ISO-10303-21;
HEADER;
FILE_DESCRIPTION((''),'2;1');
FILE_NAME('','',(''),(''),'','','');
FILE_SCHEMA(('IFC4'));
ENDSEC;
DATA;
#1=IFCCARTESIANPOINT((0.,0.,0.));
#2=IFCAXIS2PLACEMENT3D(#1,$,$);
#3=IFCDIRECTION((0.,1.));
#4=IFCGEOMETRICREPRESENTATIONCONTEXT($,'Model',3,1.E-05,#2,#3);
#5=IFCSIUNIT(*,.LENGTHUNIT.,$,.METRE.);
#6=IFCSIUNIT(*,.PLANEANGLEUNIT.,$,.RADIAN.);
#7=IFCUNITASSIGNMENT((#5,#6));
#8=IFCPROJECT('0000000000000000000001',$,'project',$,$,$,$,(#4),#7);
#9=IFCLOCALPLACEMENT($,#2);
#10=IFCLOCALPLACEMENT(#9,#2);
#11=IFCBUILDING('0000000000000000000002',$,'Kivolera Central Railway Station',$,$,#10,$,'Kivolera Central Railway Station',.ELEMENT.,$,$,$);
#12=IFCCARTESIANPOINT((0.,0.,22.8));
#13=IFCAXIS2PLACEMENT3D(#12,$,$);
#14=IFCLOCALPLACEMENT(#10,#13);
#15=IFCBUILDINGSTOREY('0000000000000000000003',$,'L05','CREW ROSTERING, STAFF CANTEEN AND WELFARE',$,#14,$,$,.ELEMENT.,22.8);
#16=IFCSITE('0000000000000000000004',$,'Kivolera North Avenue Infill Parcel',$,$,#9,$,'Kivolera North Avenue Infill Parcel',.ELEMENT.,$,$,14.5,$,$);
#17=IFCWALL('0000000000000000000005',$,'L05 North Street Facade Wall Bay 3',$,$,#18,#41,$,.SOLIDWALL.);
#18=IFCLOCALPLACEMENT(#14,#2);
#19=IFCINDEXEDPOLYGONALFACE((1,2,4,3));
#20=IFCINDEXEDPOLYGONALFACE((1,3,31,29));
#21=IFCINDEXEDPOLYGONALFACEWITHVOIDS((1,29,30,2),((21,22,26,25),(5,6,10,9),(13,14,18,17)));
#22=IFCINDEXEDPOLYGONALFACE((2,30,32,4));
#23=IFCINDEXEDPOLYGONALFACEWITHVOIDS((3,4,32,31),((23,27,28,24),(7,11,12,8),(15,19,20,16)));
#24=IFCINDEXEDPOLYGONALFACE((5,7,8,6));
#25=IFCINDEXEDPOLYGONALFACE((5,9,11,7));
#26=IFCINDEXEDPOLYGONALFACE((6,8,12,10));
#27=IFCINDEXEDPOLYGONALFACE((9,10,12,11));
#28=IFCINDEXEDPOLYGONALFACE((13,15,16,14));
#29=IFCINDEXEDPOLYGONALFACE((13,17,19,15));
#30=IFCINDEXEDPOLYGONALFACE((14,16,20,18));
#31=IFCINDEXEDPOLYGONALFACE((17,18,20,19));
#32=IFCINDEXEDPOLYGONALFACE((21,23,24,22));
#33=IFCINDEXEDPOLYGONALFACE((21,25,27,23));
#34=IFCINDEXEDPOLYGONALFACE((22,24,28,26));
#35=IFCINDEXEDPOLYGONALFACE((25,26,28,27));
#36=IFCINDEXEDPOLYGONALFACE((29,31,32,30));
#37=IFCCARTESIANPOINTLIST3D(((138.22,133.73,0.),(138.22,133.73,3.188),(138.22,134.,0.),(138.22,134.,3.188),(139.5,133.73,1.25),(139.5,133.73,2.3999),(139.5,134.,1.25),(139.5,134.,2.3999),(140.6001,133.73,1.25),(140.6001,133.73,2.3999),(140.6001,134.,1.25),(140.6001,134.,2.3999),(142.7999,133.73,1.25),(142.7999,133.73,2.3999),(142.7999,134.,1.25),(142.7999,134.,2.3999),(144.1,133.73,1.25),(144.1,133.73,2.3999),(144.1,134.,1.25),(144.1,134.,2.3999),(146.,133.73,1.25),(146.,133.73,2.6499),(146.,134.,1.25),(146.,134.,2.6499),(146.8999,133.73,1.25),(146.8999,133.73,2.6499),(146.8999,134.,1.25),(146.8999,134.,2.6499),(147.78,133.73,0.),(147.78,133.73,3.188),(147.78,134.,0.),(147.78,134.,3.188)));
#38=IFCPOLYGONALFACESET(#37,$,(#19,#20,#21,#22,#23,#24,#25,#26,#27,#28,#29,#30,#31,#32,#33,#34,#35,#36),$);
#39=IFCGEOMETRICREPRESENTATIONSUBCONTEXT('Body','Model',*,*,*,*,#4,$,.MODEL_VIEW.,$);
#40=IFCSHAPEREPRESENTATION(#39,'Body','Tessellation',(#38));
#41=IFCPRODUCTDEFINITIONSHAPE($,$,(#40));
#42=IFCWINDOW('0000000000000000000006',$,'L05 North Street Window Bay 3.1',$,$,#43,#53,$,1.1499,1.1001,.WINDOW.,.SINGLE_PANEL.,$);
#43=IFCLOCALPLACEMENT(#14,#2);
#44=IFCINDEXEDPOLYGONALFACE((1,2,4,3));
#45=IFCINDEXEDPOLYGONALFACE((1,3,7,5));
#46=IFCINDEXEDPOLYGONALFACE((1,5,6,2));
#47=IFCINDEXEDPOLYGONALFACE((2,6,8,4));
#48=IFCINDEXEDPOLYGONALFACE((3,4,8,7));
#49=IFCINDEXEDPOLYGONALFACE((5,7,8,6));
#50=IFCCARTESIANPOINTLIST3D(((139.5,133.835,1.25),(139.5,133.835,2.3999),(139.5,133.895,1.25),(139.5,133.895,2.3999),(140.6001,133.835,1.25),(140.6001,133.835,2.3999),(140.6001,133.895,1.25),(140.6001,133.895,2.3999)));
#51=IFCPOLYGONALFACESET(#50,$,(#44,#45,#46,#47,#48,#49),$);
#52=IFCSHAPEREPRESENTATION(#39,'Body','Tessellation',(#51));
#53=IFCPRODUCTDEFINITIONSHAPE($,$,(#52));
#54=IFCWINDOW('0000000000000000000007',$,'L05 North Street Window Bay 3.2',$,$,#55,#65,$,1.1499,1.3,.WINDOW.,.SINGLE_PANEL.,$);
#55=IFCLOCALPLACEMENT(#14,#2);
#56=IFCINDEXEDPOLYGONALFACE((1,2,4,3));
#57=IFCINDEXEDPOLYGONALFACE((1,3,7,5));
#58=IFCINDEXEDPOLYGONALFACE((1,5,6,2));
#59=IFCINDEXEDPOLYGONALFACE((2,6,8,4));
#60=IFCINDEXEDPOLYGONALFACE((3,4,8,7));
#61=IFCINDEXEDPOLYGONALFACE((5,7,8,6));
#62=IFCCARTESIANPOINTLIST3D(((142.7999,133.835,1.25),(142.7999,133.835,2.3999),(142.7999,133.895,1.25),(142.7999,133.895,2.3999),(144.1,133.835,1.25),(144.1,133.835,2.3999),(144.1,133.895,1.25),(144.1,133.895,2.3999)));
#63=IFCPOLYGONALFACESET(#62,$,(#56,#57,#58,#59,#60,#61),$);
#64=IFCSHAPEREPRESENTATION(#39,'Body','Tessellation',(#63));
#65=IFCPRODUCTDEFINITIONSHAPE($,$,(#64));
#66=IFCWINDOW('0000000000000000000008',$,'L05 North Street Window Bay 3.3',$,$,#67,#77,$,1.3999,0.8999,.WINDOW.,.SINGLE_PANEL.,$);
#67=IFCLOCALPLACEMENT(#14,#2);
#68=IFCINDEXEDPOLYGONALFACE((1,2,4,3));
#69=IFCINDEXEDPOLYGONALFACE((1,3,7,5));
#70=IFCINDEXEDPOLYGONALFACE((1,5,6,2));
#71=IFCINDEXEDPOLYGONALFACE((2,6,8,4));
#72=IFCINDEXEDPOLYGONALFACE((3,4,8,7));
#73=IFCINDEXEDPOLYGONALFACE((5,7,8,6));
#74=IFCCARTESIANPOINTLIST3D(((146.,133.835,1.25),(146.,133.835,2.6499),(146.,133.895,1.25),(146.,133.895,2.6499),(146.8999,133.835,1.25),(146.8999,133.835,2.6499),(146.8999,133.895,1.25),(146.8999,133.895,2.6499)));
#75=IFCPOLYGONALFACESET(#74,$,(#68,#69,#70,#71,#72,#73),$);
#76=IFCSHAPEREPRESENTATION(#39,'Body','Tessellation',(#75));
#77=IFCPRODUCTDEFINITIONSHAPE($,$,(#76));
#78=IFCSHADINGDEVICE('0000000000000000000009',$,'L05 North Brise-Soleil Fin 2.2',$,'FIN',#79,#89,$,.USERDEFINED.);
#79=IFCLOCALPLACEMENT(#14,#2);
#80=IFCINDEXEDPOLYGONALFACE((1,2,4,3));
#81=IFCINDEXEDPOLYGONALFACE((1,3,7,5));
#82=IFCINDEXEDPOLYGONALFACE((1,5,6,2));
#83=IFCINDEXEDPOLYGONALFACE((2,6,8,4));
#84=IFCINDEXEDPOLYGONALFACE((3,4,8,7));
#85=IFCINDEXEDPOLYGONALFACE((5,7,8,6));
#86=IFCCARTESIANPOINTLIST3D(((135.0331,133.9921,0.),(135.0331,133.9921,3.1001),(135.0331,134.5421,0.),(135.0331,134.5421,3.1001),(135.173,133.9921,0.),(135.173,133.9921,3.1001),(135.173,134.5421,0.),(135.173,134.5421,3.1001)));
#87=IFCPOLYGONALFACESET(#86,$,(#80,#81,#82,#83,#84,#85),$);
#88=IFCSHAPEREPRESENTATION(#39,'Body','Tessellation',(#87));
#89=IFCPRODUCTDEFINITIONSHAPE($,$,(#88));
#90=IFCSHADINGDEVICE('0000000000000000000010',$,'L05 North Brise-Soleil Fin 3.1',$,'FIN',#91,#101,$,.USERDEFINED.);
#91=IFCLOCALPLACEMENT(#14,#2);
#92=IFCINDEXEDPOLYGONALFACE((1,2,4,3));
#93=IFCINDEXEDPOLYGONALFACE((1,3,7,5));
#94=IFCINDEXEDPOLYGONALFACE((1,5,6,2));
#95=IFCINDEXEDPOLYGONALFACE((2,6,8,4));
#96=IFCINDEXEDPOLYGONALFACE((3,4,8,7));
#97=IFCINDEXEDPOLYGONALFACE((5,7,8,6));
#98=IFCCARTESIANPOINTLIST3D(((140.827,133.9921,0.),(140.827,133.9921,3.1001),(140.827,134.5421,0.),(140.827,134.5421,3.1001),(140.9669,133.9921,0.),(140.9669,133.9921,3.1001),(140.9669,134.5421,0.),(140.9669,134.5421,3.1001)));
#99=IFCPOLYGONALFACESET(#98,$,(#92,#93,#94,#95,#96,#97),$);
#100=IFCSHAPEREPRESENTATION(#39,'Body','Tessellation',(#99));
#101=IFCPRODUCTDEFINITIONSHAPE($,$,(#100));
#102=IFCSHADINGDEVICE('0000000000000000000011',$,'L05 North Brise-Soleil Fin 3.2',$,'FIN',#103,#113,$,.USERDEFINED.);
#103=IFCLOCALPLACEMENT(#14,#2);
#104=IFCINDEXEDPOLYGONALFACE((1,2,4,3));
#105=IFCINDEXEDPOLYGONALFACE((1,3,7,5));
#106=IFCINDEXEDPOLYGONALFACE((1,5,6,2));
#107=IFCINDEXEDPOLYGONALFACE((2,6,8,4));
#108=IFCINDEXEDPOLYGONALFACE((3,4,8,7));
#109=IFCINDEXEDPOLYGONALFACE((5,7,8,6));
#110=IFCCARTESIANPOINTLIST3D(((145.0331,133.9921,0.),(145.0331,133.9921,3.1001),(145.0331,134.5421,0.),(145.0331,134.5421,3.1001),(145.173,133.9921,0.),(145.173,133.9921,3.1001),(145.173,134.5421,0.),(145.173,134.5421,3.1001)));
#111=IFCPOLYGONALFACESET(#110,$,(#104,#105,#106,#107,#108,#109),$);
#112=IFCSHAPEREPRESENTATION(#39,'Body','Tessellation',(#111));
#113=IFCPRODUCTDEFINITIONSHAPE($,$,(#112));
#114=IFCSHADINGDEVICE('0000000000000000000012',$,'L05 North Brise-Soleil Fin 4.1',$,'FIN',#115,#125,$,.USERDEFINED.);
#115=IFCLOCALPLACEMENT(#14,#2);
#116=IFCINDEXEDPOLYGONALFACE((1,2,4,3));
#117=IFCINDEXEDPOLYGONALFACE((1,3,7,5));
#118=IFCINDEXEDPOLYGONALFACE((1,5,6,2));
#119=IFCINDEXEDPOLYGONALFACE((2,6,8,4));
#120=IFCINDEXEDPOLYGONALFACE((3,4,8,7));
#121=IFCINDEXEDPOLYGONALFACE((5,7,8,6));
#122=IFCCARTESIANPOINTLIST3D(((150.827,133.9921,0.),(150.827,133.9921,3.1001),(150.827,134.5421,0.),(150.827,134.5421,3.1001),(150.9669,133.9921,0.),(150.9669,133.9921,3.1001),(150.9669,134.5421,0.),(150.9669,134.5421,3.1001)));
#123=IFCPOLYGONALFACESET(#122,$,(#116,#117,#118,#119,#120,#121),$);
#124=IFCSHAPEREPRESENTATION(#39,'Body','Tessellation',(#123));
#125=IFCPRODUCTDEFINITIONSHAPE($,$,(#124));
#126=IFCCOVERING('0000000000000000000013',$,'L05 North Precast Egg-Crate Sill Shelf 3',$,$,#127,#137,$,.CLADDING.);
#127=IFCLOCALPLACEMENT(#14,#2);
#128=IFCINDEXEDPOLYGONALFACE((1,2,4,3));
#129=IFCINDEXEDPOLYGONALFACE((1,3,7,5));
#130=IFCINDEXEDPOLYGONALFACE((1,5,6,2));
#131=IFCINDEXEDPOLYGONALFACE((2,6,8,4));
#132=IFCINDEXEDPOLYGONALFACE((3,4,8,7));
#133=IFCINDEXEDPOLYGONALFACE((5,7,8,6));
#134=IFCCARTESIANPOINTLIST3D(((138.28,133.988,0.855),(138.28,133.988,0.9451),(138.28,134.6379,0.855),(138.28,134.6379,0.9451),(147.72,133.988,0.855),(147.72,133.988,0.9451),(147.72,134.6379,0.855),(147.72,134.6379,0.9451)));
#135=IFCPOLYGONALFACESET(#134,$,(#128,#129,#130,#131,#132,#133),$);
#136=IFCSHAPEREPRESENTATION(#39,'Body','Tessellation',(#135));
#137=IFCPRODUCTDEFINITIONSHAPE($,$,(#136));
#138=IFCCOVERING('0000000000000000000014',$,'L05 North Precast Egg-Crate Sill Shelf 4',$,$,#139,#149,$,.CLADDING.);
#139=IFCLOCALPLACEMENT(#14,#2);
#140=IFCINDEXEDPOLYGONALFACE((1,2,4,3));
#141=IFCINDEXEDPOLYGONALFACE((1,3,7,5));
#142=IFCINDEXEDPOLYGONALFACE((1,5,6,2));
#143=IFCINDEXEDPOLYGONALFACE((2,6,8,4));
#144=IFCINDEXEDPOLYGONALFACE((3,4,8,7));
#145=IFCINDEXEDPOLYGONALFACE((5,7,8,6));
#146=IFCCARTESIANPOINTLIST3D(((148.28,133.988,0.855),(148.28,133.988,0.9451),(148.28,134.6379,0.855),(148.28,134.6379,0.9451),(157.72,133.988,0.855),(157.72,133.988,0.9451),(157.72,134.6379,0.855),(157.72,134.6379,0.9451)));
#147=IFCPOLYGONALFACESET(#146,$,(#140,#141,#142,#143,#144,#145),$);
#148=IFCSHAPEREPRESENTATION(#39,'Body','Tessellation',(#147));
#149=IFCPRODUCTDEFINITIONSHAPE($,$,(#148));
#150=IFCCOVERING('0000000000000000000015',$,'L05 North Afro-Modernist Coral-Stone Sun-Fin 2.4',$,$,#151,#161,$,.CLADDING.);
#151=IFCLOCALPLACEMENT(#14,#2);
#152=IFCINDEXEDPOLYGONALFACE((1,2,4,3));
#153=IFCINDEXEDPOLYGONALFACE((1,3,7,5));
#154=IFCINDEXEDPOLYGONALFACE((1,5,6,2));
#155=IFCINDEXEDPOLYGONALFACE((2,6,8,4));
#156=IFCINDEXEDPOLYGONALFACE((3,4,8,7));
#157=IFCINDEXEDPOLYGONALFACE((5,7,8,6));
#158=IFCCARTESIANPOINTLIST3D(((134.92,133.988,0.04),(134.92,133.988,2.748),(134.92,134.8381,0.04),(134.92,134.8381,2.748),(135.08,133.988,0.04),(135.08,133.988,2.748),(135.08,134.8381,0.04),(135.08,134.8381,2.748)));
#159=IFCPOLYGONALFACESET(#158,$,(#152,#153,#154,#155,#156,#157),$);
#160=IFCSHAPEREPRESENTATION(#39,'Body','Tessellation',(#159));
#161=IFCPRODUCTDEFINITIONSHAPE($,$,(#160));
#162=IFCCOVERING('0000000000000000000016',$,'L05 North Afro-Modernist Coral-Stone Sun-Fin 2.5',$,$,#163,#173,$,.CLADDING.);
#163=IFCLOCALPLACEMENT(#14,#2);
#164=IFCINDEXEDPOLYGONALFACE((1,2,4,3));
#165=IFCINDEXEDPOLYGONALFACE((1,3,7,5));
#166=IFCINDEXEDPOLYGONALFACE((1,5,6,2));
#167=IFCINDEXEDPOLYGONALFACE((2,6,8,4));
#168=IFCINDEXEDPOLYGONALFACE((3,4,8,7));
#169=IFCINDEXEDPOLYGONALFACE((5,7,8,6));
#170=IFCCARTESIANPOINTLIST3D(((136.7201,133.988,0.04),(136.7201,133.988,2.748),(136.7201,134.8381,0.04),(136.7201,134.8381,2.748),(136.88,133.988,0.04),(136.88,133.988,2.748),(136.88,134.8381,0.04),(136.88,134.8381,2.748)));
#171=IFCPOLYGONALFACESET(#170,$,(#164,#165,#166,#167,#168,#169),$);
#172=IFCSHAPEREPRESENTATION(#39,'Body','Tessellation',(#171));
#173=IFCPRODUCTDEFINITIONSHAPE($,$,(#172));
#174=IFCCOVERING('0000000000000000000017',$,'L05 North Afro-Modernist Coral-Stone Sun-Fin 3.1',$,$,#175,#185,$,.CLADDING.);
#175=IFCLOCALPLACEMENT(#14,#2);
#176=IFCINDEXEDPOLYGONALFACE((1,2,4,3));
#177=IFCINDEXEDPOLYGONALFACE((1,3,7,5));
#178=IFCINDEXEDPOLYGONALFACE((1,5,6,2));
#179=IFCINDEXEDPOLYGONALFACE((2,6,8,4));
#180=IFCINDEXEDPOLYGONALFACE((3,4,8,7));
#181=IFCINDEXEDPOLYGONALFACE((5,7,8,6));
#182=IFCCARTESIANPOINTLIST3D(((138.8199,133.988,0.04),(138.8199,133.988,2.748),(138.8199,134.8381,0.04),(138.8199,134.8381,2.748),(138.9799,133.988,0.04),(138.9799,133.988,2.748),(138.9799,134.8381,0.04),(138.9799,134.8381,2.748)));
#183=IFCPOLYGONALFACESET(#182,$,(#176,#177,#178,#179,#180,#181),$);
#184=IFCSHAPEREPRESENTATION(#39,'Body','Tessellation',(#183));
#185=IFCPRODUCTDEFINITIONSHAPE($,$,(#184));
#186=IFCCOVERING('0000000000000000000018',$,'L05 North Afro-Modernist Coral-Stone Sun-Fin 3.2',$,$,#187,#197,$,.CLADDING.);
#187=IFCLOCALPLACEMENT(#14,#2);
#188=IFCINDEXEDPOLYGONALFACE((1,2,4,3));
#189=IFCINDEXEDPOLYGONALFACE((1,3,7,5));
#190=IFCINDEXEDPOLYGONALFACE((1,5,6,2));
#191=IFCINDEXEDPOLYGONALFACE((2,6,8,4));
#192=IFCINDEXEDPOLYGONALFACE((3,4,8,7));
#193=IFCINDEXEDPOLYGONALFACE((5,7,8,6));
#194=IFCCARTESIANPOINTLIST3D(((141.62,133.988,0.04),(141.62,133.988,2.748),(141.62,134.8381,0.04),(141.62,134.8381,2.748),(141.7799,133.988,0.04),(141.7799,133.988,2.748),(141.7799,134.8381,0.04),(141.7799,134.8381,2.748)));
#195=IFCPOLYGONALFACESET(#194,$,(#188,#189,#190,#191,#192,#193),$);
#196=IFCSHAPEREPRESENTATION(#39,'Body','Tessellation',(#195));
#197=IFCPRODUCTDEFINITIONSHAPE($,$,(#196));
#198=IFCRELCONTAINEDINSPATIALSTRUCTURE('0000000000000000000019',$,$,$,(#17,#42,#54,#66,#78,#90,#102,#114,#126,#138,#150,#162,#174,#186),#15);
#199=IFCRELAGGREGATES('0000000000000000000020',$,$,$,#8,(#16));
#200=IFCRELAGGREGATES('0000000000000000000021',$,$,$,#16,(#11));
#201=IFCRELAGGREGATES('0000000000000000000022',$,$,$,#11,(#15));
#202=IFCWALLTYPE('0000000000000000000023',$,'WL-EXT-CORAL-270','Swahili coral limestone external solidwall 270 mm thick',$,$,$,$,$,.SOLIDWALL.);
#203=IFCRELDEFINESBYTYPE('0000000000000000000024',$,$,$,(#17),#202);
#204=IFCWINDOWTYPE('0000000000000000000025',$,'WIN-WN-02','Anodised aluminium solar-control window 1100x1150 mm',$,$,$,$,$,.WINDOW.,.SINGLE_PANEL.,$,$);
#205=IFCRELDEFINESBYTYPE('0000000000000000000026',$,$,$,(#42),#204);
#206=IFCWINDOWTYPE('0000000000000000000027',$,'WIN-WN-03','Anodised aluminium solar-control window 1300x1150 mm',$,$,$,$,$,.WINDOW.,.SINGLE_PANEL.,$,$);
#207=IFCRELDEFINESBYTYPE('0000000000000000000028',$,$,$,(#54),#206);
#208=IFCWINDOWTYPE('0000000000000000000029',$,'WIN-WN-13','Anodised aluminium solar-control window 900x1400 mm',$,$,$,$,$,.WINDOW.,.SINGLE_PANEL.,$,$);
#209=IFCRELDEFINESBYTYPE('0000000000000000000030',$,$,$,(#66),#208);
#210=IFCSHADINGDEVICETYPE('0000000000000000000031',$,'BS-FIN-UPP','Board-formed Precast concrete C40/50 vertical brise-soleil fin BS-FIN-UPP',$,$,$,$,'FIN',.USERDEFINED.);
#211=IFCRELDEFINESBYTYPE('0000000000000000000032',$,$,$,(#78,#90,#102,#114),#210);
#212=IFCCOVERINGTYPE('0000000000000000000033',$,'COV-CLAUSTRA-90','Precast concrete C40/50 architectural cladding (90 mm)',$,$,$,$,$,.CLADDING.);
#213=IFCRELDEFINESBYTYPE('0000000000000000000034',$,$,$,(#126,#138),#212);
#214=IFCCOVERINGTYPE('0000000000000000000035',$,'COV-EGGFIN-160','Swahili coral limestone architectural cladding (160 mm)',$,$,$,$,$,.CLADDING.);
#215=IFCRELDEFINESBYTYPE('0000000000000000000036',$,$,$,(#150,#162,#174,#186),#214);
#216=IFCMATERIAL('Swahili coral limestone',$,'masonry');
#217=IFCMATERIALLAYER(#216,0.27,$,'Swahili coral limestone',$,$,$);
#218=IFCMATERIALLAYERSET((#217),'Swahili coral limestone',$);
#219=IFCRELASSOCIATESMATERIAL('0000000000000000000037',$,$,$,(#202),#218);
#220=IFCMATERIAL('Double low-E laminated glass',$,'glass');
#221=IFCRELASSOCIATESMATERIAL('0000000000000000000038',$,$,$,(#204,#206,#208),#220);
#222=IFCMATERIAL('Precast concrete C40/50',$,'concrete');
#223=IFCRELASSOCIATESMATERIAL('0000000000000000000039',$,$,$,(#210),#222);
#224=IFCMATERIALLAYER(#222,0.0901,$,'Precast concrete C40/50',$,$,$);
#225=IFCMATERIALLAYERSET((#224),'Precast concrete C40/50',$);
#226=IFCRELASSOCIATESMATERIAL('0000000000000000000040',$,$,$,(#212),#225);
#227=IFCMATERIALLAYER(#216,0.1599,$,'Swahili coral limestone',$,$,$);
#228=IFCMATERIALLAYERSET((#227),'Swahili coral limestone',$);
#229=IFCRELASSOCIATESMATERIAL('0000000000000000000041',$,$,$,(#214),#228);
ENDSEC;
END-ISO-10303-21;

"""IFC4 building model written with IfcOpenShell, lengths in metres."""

from ifc_helpers import new_model, si_unit, direction, frame, frame_2d, origin, origin_2d, place, context, subcontext, project, spatial, rectangle, extrude, material, layer, layer_set, type_object, element, fill, save


model = new_model("IFC4")

# Units and contexts
model_context = context("Model", 3, precision=1e-05, world=origin(), true_north=direction((0.0, 1.0)))
body_context = subcontext(model_context, "Body", "Model", "MODEL_VIEW")
ifc_project = project(units=[si_unit("LENGTHUNIT", "METRE"), si_unit("PLANEANGLEUNIT", "RADIAN")], contexts=[model_context])

# Site, building, storey
site_placement = place(None, origin())
site = spatial("IfcSite", under=ifc_project, at=site_placement, Name="Kivolera North Avenue Infill Parcel", LongName="Kivolera North Avenue Infill Parcel", CompositionType="ELEMENT", RefElevation=14.5)
building_placement = place(site_placement, origin())
building = spatial("IfcBuilding", under=site, at=building_placement, Name="Kivolera Central Railway Station", LongName="Kivolera Central Railway Station", CompositionType="ELEMENT")
storey_placement = place(building_placement, frame((0.0, 0.0, 22.8)))
storey = spatial("IfcBuildingStorey", under=building, at=storey_placement, Name="L05", Description="CREW ROSTERING, STAFF CANTEEN AND WELFARE", CompositionType="ELEMENT", Elevation=22.8)

# Wall, openings, windows
ifc_material_1 = material(Name="Double low-E laminated glass", Category="glass")
ifc_material_2 = material(Name="Swahili coral limestone", Category="masonry")
ifc_layer_1 = layer(ifc_material_2, 0.27, Name="Swahili coral limestone")
ifc_layer_set_1 = layer_set([ifc_layer_1], Name="Swahili coral limestone")
wall_type_1 = type_object("IfcWallType", Name="WL-EXT-CORAL-270", Description="Swahili coral limestone external solidwall 270 mm thick", PredefinedType="SOLIDWALL", material=ifc_layer_set_1)
wall_1_placement = place(storey_placement, frame((138.22, 133.865, 0.0), z_axis=(0.0, 0.0, 1.0), x_axis=(1.0, 0.0, 0.0)))
wall_1 = element("IfcWall", 1, at=wall_1_placement, inside=storey, type_object=wall_type_1, Name="L05 North Street Facade Wall Bay 3", PredefinedType="SOLIDWALL", context=body_context, shape_type="SweptSolid", body=[
    extrude(rectangle(XDim=9.5601, YDim=0.27, at=frame_2d((4.78, 0.0))), origin(), (0.0, 0.0, 1.0), 3.188),
])
opening_1_placement = place(wall_1_placement, frame((1.28, 0.0, 1.25)))
opening_1 = element("IfcOpeningElement", 2, at=opening_1_placement, cuts=wall_1, PredefinedType="OPENING", context=body_context, shape_type="SweptSolid", body=[
    extrude(rectangle(XDim=1.1001, YDim=1.1499, at=frame_2d((0.55, 0.575))), frame((0.0, 0.145, 0.0), z_axis=(0.0, -1.0, 0.0), x_axis=(1.0, 0.0, 0.0)), (0.0, 0.0, 1.0), 0.29),
])
opening_2_placement = place(wall_1_placement, frame((4.5801, 0.0, 1.25)))
opening_2 = element("IfcOpeningElement", 3, at=opening_2_placement, cuts=wall_1, PredefinedType="OPENING", context=body_context, shape_type="SweptSolid", body=[
    extrude(rectangle(XDim=1.3, YDim=1.1499, at=frame_2d((0.6499, 0.575))), frame((0.0, 0.145, 0.0), z_axis=(0.0, -1.0, 0.0), x_axis=(1.0, 0.0, 0.0)), (0.0, 0.0, 1.0), 0.29),
])
opening_3_placement = place(wall_1_placement, frame((7.78, 0.0, 1.25)))
opening_3 = element("IfcOpeningElement", 4, at=opening_3_placement, cuts=wall_1, PredefinedType="OPENING", context=body_context, shape_type="SweptSolid", body=[
    extrude(rectangle(XDim=0.8999, YDim=1.3999, at=frame_2d((0.45, 0.7))), frame((0.0, 0.145, 0.0), z_axis=(0.0, -1.0, 0.0), x_axis=(1.0, 0.0, 0.0)), (0.0, 0.0, 1.0), 0.29),
])
window_type_1 = type_object("IfcWindowType", Name="WIN-WN-02", Description="Anodised aluminium solar-control window 1100x1150 mm", PartitioningType="SINGLE_PANEL", PredefinedType="WINDOW", material=ifc_material_1)
window_1_placement = place(opening_1_placement, origin())
window_1 = element("IfcWindow", 5, at=window_1_placement, inside=storey, type_object=window_type_1, Name="L05 North Street Window Bay 3.1", OverallHeight=1.1499, OverallWidth=1.1001, PartitioningType="SINGLE_PANEL", PredefinedType="WINDOW", context=body_context, shape_type="SweptSolid", body=[
    extrude(rectangle(XDim=1.1001, YDim=1.1499, at=frame_2d((0.55, 0.575))), frame((0.0, 0.03, 0.0), z_axis=(0.0, -1.0, 0.0), x_axis=(1.0, 0.0, 0.0)), (0.0, 0.0, 1.0), 0.0601),
])
fill(opening_1, window_1)
window_type_2 = type_object("IfcWindowType", Name="WIN-WN-03", Description="Anodised aluminium solar-control window 1300x1150 mm", PartitioningType="SINGLE_PANEL", PredefinedType="WINDOW", material=ifc_material_1)
window_2_placement = place(opening_2_placement, origin())
window_2 = element("IfcWindow", 6, at=window_2_placement, inside=storey, type_object=window_type_2, Name="L05 North Street Window Bay 3.2", OverallHeight=1.1499, OverallWidth=1.3, PartitioningType="SINGLE_PANEL", PredefinedType="WINDOW", context=body_context, shape_type="SweptSolid", body=[
    extrude(rectangle(XDim=1.3, YDim=1.1499, at=frame_2d((0.6499, 0.575))), frame((0.0, 0.03, 0.0), z_axis=(0.0, -1.0, 0.0), x_axis=(1.0, 0.0, 0.0)), (0.0, 0.0, 1.0), 0.0601),
])
fill(opening_2, window_2)
window_type_3 = type_object("IfcWindowType", Name="WIN-WN-13", Description="Anodised aluminium solar-control window 900x1400 mm", PartitioningType="SINGLE_PANEL", PredefinedType="WINDOW", material=ifc_material_1)
window_3_placement = place(opening_3_placement, origin())
window_3 = element("IfcWindow", 7, at=window_3_placement, inside=storey, type_object=window_type_3, Name="L05 North Street Window Bay 3.3", OverallHeight=1.3999, OverallWidth=0.8999, PartitioningType="SINGLE_PANEL", PredefinedType="WINDOW", context=body_context, shape_type="SweptSolid", body=[
    extrude(rectangle(XDim=0.8999, YDim=1.3999, at=frame_2d((0.45, 0.7))), frame((0.0, 0.03, 0.0), z_axis=(0.0, -1.0, 0.0), x_axis=(1.0, 0.0, 0.0)), (0.0, 0.0, 1.0), 0.0601),
])
fill(opening_3, window_3)

# Shading devices
ifc_material_3 = material(Name="Precast concrete C40/50", Category="concrete")
shading_device_type = type_object("IfcShadingDeviceType", Name="BS-FIN-UPP", Description="Board-formed Precast concrete C40/50 vertical brise-soleil fin BS-FIN-UPP", ElementType="FIN", PredefinedType="USERDEFINED", material=ifc_material_3)
for number, where, z_axis, x_axis, name in (
    (8, (135.103, 134.2671, 0.0), (0.0, 0.0, 1.0), (1.0, 0.0, 0.0), "L05 North Brise-Soleil Fin 2.2"),
    (9, (140.897, 134.2671, 0.0), (0.0, 0.0, 1.0), (1.0, 0.0, 0.0), "L05 North Brise-Soleil Fin 3.1"),
    (10, (145.103, 134.2671, 0.0), (0.0, 0.0, 1.0), (1.0, 0.0, 0.0), "L05 North Brise-Soleil Fin 3.2"),
    (11, (150.897, 134.2671, 0.0), (0.0, 0.0, 1.0), (1.0, 0.0, 0.0), "L05 North Brise-Soleil Fin 4.1"),
):
    element("IfcShadingDevice", number, at=place(storey_placement, frame(where, z_axis=z_axis, x_axis=x_axis)), inside=storey, type_object=shading_device_type, Name=name, ObjectType="FIN", PredefinedType="USERDEFINED", context=body_context, shape_type="SweptSolid", body=[
        extrude(rectangle(XDim=0.1399, YDim=0.55, at=origin_2d()), origin(), (0.0, 0.0, 1.0), 3.1001),
    ])

# Coverings
ifc_layer_2 = layer(ifc_material_3, 0.0901, Name="Precast concrete C40/50")
ifc_layer_set_2 = layer_set([ifc_layer_2], Name="Precast concrete C40/50")
covering_type_1 = type_object("IfcCoveringType", Name="COV-CLAUSTRA-90", Description="Precast concrete C40/50 architectural cladding (90 mm)", PredefinedType="CLADDING", material=ifc_layer_set_2)
for number, where, z_axis, x_axis, name in (
    (12, (143.0, 134.313, 0.855), (0.0, 0.0, 1.0), (1.0, 0.0, 0.0), "L05 North Precast Egg-Crate Sill Shelf 3"),
    (13, (153.0, 134.313, 0.855), (0.0, 0.0, 1.0), (1.0, 0.0, 0.0), "L05 North Precast Egg-Crate Sill Shelf 4"),
):
    element("IfcCovering", number, at=place(storey_placement, frame(where, z_axis=z_axis, x_axis=x_axis)), inside=storey, type_object=covering_type_1, Name=name, PredefinedType="CLADDING", context=body_context, shape_type="SweptSolid", body=[
        extrude(rectangle(XDim=9.4399, YDim=0.6499, at=origin_2d()), origin(), (0.0, 0.0, 1.0), 0.0901),
    ])
ifc_layer_3 = layer(ifc_material_2, 0.1599, Name="Swahili coral limestone")
ifc_layer_set_3 = layer_set([ifc_layer_3], Name="Swahili coral limestone")
covering_type_2 = type_object("IfcCoveringType", Name="COV-EGGFIN-160", Description="Swahili coral limestone architectural cladding (160 mm)", PredefinedType="CLADDING", material=ifc_layer_set_3)
for number, where, z_axis, x_axis, name in (
    (14, (135.0, 134.4131, 0.04), (0.0, 0.0, 1.0), (1.0, 0.0, 0.0), "L05 North Afro-Modernist Coral-Stone Sun-Fin 2.4"),
    (15, (136.8, 134.4131, 0.04), (0.0, 0.0, 1.0), (1.0, 0.0, 0.0), "L05 North Afro-Modernist Coral-Stone Sun-Fin 2.5"),
    (16, (138.8999, 134.4131, 0.04), (0.0, 0.0, 1.0), (1.0, 0.0, 0.0), "L05 North Afro-Modernist Coral-Stone Sun-Fin 3.1"),
    (17, (141.7, 134.4131, 0.04), (0.0, 0.0, 1.0), (1.0, 0.0, 0.0), "L05 North Afro-Modernist Coral-Stone Sun-Fin 3.2"),
):
    element("IfcCovering", number, at=place(storey_placement, frame(where, z_axis=z_axis, x_axis=x_axis)), inside=storey, type_object=covering_type_2, Name=name, PredefinedType="CLADDING", context=body_context, shape_type="SweptSolid", body=[
        extrude(rectangle(XDim=0.1599, YDim=0.8501, at=origin_2d()), origin(), (0.0, 0.0, 1.0), 2.708),
    ])

save(model, "model.ifc")
